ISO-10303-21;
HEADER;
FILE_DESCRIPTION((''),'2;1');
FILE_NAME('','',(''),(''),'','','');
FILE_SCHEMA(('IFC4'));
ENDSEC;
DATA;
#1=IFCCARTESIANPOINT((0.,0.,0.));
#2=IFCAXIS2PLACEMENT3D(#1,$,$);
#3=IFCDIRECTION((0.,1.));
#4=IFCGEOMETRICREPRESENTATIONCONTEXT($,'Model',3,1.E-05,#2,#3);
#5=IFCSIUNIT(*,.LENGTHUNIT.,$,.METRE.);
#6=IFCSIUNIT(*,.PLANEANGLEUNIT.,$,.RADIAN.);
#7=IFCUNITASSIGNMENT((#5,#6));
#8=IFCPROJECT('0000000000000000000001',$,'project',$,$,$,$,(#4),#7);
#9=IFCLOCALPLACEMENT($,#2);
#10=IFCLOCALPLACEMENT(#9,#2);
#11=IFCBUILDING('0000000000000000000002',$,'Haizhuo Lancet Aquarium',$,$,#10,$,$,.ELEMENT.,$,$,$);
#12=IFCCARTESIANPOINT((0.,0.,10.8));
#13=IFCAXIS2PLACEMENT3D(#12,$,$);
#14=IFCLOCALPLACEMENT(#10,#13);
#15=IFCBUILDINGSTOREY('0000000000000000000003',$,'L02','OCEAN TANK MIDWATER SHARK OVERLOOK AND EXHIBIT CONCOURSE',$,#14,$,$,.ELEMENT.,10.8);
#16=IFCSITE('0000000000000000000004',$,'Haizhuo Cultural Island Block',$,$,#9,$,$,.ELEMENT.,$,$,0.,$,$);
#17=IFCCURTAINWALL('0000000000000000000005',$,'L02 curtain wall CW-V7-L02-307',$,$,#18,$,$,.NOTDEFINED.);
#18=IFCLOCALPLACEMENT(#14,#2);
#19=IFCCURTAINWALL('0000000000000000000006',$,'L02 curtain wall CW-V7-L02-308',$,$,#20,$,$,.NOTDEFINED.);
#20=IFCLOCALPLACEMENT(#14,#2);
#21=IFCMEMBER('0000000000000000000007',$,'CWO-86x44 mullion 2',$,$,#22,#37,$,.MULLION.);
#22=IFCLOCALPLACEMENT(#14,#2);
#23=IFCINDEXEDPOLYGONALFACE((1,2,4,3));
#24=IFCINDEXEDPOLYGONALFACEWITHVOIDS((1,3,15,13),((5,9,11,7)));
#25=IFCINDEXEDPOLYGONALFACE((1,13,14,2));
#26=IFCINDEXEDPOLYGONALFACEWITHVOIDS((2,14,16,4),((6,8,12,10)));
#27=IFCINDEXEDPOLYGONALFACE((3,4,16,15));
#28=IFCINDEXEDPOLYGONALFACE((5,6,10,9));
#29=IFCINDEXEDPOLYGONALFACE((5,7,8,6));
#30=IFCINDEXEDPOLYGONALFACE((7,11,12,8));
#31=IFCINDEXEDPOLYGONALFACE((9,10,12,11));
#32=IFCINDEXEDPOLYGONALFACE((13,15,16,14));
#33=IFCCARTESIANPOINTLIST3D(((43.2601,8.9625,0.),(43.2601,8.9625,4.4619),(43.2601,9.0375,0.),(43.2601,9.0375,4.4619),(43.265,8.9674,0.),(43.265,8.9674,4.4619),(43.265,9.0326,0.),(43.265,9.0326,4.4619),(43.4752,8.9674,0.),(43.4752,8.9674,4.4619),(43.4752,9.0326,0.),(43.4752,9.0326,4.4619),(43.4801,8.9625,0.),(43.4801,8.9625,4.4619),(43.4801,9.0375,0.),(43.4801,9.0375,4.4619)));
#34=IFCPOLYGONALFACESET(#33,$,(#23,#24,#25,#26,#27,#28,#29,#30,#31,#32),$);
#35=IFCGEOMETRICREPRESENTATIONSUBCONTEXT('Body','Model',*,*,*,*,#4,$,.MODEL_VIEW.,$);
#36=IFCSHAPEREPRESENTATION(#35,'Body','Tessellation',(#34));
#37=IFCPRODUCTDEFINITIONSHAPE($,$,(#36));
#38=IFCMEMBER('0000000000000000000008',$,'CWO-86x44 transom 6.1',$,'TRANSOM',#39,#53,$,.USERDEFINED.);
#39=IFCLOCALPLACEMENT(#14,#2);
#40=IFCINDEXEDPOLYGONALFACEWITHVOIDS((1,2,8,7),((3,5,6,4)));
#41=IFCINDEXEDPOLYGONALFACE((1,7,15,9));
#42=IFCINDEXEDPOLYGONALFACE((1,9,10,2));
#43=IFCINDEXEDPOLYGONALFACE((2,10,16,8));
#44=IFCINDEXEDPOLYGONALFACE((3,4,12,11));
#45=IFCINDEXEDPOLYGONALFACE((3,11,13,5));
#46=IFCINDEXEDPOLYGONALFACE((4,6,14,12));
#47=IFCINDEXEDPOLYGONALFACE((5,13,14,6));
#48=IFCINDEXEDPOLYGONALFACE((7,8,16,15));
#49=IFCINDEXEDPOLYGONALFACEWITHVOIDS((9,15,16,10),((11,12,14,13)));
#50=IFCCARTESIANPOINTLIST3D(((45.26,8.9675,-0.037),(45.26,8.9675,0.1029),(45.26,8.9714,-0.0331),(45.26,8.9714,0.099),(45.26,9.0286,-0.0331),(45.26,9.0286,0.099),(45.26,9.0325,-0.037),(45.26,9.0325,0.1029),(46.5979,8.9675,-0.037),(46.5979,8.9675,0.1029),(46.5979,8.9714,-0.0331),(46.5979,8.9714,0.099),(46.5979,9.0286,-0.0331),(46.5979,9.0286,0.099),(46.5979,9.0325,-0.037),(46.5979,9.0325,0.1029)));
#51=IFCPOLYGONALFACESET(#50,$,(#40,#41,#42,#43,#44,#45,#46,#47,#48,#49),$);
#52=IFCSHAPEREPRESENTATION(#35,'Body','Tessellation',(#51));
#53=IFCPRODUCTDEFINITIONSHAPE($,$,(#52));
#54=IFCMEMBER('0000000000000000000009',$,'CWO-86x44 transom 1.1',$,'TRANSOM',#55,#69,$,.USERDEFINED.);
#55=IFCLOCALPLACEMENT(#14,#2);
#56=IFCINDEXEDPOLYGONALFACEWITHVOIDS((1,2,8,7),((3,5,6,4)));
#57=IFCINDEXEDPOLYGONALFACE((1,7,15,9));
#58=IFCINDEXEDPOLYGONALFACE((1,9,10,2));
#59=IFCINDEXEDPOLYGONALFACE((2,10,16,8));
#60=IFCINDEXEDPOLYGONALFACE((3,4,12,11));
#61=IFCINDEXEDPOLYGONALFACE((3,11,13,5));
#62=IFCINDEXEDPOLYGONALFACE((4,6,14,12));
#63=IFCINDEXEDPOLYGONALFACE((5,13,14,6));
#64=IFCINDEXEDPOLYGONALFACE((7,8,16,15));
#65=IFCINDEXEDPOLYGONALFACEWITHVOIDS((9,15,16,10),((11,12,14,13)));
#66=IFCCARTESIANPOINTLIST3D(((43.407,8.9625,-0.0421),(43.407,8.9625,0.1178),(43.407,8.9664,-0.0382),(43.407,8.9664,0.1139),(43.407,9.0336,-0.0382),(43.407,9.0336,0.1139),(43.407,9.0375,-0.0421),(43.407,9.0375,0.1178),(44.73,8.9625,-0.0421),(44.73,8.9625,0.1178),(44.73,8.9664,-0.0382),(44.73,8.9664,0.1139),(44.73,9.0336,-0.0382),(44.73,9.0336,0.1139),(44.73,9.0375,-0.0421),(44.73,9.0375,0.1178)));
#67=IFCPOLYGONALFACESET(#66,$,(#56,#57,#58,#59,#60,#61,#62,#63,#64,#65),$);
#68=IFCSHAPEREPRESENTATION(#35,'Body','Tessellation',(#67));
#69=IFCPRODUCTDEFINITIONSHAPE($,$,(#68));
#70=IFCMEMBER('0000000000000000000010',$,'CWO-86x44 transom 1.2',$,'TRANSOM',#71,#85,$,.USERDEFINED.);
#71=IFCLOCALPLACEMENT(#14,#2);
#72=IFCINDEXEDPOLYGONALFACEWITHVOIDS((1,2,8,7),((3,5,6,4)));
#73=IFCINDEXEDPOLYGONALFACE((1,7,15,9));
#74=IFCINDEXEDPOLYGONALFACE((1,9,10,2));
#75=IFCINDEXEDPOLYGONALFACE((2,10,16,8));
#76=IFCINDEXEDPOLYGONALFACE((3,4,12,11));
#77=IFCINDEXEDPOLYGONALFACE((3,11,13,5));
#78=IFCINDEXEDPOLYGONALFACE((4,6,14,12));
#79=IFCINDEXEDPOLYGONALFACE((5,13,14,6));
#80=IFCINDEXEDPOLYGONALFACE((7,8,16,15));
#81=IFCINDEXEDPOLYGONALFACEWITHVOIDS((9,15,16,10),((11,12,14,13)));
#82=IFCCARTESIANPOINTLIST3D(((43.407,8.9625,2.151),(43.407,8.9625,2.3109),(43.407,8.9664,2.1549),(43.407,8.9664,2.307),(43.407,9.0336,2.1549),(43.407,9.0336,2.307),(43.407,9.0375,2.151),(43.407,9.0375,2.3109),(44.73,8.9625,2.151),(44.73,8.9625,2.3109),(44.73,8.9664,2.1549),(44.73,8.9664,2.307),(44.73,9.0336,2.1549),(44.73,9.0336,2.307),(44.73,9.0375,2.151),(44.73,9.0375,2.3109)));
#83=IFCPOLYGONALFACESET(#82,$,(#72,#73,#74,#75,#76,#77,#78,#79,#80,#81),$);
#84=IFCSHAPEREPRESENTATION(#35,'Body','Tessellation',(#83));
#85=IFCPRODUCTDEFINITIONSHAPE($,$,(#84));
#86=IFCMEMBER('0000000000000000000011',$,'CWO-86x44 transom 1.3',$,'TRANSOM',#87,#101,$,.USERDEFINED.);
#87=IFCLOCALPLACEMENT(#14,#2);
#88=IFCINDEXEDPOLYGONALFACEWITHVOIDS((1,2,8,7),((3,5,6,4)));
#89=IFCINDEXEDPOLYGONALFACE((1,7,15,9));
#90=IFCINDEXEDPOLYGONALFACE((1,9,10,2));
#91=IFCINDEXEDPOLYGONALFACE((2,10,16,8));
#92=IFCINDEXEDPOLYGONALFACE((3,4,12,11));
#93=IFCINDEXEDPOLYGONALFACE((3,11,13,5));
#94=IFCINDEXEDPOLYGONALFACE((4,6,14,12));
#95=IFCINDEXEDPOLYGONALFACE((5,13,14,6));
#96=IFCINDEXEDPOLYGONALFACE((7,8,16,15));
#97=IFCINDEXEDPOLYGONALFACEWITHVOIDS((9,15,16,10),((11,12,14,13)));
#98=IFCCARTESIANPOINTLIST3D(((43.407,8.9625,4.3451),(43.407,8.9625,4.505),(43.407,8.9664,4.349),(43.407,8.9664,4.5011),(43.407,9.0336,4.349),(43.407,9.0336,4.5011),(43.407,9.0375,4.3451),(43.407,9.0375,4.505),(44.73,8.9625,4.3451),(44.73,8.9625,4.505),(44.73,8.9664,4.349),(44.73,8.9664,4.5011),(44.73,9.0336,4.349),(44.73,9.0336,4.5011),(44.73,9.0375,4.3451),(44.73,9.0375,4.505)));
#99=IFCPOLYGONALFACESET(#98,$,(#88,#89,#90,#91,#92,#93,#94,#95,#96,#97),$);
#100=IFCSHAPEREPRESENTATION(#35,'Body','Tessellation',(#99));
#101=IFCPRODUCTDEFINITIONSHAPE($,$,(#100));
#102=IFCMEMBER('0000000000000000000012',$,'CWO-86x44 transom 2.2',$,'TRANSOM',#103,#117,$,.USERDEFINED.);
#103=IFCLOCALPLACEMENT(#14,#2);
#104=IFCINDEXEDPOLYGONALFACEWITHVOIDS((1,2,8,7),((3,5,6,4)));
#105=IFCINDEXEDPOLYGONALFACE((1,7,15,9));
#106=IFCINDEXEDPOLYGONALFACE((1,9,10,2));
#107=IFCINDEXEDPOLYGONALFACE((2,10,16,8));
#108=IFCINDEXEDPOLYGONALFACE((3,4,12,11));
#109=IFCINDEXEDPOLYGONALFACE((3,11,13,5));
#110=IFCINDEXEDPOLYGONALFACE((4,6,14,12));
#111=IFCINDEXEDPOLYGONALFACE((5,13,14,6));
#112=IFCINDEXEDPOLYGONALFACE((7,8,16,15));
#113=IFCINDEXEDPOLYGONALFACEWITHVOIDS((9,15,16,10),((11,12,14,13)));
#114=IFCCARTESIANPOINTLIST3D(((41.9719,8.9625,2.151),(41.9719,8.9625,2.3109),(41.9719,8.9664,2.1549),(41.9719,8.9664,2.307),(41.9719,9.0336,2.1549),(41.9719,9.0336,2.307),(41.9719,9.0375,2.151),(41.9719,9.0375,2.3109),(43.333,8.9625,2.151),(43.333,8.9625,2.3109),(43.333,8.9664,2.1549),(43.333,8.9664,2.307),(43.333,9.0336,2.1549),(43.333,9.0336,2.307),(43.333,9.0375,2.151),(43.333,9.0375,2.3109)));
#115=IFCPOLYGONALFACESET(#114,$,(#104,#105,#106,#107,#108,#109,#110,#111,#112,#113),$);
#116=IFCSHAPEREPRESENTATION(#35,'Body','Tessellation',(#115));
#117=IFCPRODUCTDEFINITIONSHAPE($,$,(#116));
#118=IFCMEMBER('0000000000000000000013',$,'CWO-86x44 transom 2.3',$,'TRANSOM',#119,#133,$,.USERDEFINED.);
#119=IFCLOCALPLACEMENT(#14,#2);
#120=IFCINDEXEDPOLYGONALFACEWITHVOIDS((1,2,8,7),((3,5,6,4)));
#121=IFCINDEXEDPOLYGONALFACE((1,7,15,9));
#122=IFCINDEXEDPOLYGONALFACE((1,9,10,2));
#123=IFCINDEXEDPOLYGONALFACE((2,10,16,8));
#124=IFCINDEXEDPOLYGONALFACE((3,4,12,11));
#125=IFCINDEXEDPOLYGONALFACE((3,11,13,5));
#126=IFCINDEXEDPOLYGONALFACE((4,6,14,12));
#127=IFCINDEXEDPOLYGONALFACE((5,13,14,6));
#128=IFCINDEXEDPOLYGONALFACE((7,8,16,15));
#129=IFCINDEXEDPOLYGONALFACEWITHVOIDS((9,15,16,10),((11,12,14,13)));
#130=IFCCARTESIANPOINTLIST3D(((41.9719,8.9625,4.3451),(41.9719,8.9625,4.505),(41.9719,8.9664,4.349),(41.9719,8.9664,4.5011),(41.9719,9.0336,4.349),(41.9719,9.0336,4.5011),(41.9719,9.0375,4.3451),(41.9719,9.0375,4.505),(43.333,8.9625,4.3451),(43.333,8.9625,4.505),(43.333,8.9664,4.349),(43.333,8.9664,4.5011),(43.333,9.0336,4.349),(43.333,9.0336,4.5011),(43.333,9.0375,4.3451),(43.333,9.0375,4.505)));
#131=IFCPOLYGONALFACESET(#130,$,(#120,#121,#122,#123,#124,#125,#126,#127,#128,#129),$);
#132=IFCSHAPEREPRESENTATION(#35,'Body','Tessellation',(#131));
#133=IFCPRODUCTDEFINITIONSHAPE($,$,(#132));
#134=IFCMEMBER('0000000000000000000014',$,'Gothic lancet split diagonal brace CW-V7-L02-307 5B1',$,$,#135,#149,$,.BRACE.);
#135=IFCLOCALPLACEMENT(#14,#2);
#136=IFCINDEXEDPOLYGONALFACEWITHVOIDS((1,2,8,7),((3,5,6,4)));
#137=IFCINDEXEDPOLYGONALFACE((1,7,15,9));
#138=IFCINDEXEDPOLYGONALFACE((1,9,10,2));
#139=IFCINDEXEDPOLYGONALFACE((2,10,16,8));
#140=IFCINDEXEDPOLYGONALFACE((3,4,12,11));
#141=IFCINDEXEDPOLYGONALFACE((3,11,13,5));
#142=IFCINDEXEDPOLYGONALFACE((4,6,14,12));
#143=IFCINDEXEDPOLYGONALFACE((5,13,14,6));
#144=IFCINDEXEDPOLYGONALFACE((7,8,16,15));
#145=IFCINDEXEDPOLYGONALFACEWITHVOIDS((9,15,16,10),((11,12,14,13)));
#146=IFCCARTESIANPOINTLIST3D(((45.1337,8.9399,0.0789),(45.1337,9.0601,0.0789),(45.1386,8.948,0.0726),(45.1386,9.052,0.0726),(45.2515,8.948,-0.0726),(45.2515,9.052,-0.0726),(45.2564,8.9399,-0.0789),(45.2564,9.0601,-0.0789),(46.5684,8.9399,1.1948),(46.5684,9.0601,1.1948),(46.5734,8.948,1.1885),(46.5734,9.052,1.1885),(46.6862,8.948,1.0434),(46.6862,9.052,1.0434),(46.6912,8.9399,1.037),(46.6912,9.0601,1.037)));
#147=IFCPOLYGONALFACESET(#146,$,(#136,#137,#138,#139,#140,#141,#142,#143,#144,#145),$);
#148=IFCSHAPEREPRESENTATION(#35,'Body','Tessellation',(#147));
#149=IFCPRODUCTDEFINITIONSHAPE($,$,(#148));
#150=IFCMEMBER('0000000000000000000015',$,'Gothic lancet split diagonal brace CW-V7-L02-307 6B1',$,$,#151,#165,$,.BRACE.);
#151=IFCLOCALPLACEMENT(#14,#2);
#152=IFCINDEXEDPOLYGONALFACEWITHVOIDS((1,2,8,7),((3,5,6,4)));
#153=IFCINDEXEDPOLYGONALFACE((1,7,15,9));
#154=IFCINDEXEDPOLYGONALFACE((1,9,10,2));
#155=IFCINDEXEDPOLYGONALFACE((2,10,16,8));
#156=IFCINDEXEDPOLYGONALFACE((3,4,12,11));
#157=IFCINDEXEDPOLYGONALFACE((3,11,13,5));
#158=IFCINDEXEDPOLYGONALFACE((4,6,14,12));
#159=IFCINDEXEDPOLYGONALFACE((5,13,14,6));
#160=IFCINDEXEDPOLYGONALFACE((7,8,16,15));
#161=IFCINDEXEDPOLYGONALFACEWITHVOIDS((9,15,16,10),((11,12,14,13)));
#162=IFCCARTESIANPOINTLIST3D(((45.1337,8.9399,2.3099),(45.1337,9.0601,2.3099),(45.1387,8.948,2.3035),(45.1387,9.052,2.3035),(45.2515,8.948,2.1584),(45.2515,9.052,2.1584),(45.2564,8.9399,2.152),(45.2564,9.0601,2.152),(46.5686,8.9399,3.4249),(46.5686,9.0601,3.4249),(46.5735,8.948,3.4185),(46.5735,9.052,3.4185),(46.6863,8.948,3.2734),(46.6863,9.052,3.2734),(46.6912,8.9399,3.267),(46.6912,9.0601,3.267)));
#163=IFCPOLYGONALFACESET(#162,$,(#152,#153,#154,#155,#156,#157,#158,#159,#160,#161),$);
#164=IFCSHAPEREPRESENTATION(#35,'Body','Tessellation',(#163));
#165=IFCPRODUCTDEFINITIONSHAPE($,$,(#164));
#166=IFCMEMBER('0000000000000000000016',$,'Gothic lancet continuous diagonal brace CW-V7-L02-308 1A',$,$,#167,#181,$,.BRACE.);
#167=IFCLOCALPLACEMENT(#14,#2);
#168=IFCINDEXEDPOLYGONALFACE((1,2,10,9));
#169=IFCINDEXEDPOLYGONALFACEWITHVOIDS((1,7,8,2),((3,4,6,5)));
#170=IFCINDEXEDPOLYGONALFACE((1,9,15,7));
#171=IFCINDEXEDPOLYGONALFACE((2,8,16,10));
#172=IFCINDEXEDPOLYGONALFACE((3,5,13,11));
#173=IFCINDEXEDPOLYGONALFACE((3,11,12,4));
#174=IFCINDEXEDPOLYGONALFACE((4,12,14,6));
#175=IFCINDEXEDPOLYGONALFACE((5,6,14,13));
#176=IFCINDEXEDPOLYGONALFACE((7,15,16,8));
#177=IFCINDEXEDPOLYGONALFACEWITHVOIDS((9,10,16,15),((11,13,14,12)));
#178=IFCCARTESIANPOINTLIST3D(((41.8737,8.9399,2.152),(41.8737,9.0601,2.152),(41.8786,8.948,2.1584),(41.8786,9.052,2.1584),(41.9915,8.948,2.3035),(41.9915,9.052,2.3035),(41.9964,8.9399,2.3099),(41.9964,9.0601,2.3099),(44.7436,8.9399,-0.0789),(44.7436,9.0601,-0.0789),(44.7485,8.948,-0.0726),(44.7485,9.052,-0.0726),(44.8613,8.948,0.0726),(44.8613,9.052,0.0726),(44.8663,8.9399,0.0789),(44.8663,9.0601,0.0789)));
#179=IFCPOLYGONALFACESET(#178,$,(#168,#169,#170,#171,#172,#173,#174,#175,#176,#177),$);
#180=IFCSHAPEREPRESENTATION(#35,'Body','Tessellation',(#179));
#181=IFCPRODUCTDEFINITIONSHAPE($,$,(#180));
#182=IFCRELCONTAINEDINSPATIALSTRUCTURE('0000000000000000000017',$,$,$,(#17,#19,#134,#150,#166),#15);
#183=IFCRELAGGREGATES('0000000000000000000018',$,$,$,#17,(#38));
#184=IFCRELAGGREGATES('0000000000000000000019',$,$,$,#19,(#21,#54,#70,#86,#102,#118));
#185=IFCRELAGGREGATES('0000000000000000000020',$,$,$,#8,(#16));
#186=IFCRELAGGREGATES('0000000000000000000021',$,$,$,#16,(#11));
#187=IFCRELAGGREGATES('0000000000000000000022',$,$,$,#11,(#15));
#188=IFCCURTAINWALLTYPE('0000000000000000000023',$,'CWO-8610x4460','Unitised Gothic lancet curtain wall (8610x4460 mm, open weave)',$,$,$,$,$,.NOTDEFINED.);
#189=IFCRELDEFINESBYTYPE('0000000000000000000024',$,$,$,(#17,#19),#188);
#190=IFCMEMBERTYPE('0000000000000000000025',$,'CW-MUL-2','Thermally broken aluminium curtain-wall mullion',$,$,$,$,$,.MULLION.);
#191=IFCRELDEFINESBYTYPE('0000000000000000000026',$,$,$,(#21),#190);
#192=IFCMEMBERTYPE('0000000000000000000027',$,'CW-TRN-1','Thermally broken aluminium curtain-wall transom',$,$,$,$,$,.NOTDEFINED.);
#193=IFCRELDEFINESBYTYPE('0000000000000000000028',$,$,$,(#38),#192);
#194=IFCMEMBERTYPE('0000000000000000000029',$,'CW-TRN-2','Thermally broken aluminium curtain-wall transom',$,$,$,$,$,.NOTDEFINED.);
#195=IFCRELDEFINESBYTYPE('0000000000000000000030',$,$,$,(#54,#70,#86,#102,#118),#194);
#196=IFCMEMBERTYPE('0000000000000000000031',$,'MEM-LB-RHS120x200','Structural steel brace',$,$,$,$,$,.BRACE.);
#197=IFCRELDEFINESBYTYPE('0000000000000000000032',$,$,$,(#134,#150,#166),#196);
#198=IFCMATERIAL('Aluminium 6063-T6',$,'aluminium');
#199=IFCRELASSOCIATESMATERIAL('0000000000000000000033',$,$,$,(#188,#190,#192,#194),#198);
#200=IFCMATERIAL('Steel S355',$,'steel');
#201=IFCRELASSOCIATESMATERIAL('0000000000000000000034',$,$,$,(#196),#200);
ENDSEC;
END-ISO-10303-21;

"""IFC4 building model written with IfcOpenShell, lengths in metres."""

from ifc_helpers import new_model, si_unit, direction, frame, origin, origin_2d, place, context, subcontext, project, spatial, hollow_rectangle, extrude, material, material_profile, profile_set, type_object, element, aggregate, save


model = new_model("IFC4")

# Units and contexts
model_context = context("Model", 3, precision=1e-05, world=origin(), true_north=direction((0.0, 1.0)))
body_context = subcontext(model_context, "Body", "Model", "MODEL_VIEW")
ifc_project = project(units=[si_unit("LENGTHUNIT", "METRE"), si_unit("PLANEANGLEUNIT", "RADIAN")], contexts=[model_context])

# Site, building, storey
site_placement = place(None, origin())
site = spatial("IfcSite", under=ifc_project, at=site_placement, Name="Haizhuo Cultural Island Block", CompositionType="ELEMENT", RefElevation=0.0)
building_placement = place(site_placement, origin())
building = spatial("IfcBuilding", under=site, at=building_placement, Name="Haizhuo Lancet Aquarium", CompositionType="ELEMENT")
storey_placement = place(building_placement, frame((0.0, 0.0, 10.8)))
storey = spatial("IfcBuildingStorey", under=building, at=storey_placement, Name="L02", Description="OCEAN TANK MIDWATER SHARK OVERLOOK AND EXHIBIT CONCOURSE", CompositionType="ELEMENT", Elevation=10.8)

# Shared definitions
ifc_material_1 = material(Name="Steel S355", Category="steel")

# Curtain wall
ifc_material_2 = material(Name="Aluminium 6063-T6", Category="aluminium")
curtain_wall_type = type_object("IfcCurtainWallType", Name="CWO-8610x4460", Description="Unitised Gothic lancet curtain wall (8610x4460 mm, open weave)", PredefinedType="NOTDEFINED", material=ifc_material_2)
curtain_wall_1_placement = place(storey_placement, origin())
curtain_wall_1 = element("IfcCurtainWall", 1, at=curtain_wall_1_placement, inside=storey, type_object=curtain_wall_type, Name="L02 curtain wall CW-V7-L02-307", PredefinedType="NOTDEFINED")

# Curtain wall, member
curtain_wall_2_placement = place(storey_placement, origin())
curtain_wall_2 = element("IfcCurtainWall", 2, at=curtain_wall_2_placement, inside=storey, type_object=curtain_wall_type, Name="L02 curtain wall CW-V7-L02-308", PredefinedType="NOTDEFINED")
ifc_material_profile_1 = material_profile(ifc_material_2, hollow_rectangle(XDim=0.075, YDim=0.22, WallThickness=0.0049, at=origin_2d()), Name="ALU-M 75x220x5")
ifc_profile_set_1 = profile_set([ifc_material_profile_1], Name="Aluminium 6063-T6")
member_type_1 = type_object("IfcMemberType", Name="CW-MUL-2", Description="Thermally broken aluminium curtain-wall mullion", PredefinedType="MULLION", material=ifc_profile_set_1)
member_1_placement = place(storey_placement, frame((43.3701, 9.0, 0.0), z_axis=(0.0, 0.0, 1.0), x_axis=(0.0, -1.0, 0.0)))
member_1 = element("IfcMember", 3, at=member_1_placement, type_object=member_type_1, Name="CWO-86x44 mullion 2", PredefinedType="MULLION", context=body_context, shape_type="SweptSolid", body=[
    extrude(hollow_rectangle(XDim=0.075, YDim=0.22, WallThickness=0.0049, at=origin_2d()), origin(), (0.0, 0.0, 1.0), 4.4619),
])

# Members
ifc_material_profile_2 = material_profile(ifc_material_2, hollow_rectangle(XDim=0.0649, YDim=0.1399, WallThickness=0.0039, at=origin_2d()), Name="ALU-T 65x140x4")
ifc_profile_set_2 = profile_set([ifc_material_profile_2], Name="Aluminium 6063-T6")
member_type_2 = type_object("IfcMemberType", Name="CW-TRN-1", Description="Thermally broken aluminium curtain-wall transom", PredefinedType="NOTDEFINED", material=ifc_profile_set_2)
member_2_placement = place(storey_placement, frame((46.5979, 9.0, 0.033), z_axis=(-1.0, 0.0, 0.0), x_axis=(0.0, -1.0, 0.0)))
member_2 = element("IfcMember", 4, at=member_2_placement, type_object=member_type_2, Name="CWO-86x44 transom 6.1", ObjectType="TRANSOM", PredefinedType="USERDEFINED", context=body_context, shape_type="SweptSolid", body=[
    extrude(hollow_rectangle(XDim=0.0649, YDim=0.1399, WallThickness=0.0039, at=origin_2d()), origin(), (0.0, 0.0, 1.0), 1.3379),
])
ifc_material_profile_3 = material_profile(ifc_material_2, hollow_rectangle(XDim=0.075, YDim=0.1599, WallThickness=0.0039, at=origin_2d()), Name="ALU-T 75x160x4")
ifc_profile_set_3 = profile_set([ifc_material_profile_3], Name="Aluminium 6063-T6")
member_type_3 = type_object("IfcMemberType", Name="CW-TRN-2", Description="Thermally broken aluminium curtain-wall transom", PredefinedType="NOTDEFINED", material=ifc_profile_set_3)
member_3_placement = place(storey_placement, frame((44.73, 9.0, 0.0378), z_axis=(-1.0, 0.0, 0.0), x_axis=(0.0, -1.0, 0.0)))
member_3 = element("IfcMember", 5, at=member_3_placement, type_object=member_type_3, Name="CWO-86x44 transom 1.1", ObjectType="TRANSOM", PredefinedType="USERDEFINED", context=body_context, shape_type="SweptSolid", body=[
    extrude(hollow_rectangle(XDim=0.075, YDim=0.1599, WallThickness=0.0039, at=origin_2d()), origin(), (0.0, 0.0, 1.0), 1.323),
])
member_4_placement = place(storey_placement, frame((44.73, 9.0, 2.231), z_axis=(-1.0, 0.0, 0.0), x_axis=(0.0, -1.0, 0.0)))
member_4 = element("IfcMember", 6, at=member_4_placement, type_object=member_type_3, Name="CWO-86x44 transom 1.2", ObjectType="TRANSOM", PredefinedType="USERDEFINED", context=body_context, shape_type="SweptSolid", body=[
    extrude(hollow_rectangle(XDim=0.075, YDim=0.1599, WallThickness=0.0039, at=origin_2d()), origin(), (0.0, 0.0, 1.0), 1.323),
])
member_5_placement = place(storey_placement, frame((44.73, 9.0, 4.425), z_axis=(-1.0, 0.0, 0.0), x_axis=(0.0, -1.0, 0.0)))
member_5 = element("IfcMember", 7, at=member_5_placement, type_object=member_type_3, Name="CWO-86x44 transom 1.3", ObjectType="TRANSOM", PredefinedType="USERDEFINED", context=body_context, shape_type="SweptSolid", body=[
    extrude(hollow_rectangle(XDim=0.075, YDim=0.1599, WallThickness=0.0039, at=origin_2d()), origin(), (0.0, 0.0, 1.0), 1.323),
])
member_6_placement = place(storey_placement, frame((43.333, 9.0, 2.231), z_axis=(-1.0, 0.0, 0.0), x_axis=(0.0, -1.0, 0.0)))
member_6 = element("IfcMember", 8, at=member_6_placement, type_object=member_type_3, Name="CWO-86x44 transom 2.2", ObjectType="TRANSOM", PredefinedType="USERDEFINED", context=body_context, shape_type="SweptSolid", body=[
    extrude(hollow_rectangle(XDim=0.075, YDim=0.1599, WallThickness=0.0039, at=origin_2d()), origin(), (0.0, 0.0, 1.0), 1.3611),
])
member_7_placement = place(storey_placement, frame((43.333, 9.0, 4.425), z_axis=(-1.0, 0.0, 0.0), x_axis=(0.0, -1.0, 0.0)))
member_7 = element("IfcMember", 9, at=member_7_placement, type_object=member_type_3, Name="CWO-86x44 transom 2.3", ObjectType="TRANSOM", PredefinedType="USERDEFINED", context=body_context, shape_type="SweptSolid", body=[
    extrude(hollow_rectangle(XDim=0.075, YDim=0.1599, WallThickness=0.0039, at=origin_2d()), origin(), (0.0, 0.0, 1.0), 1.3611),
])

# Members
ifc_material_profile_4 = material_profile(ifc_material_1, hollow_rectangle(XDim=0.1201, YDim=0.2, WallThickness=0.0081, at=origin_2d()), Name="RHS 120x200x8")
ifc_profile_set_4 = profile_set([ifc_material_profile_4], Name="Steel S355")
member_type_4 = type_object("IfcMemberType", Name="MEM-LB-RHS120x200", Description="Structural steel brace", PredefinedType="BRACE", material=ifc_profile_set_4)
member_8_placement = place(storey_placement, frame((45.1951, 9.0, 0.0), z_axis=(0.789352, 0.0, 0.613941), x_axis=(0.0, 1.0, 0.0)))
element("IfcMember", 10, at=member_8_placement, inside=storey, type_object=member_type_4, Name="Gothic lancet split diagonal brace CW-V7-L02-307 5B1", PredefinedType="BRACE", context=body_context, shape_type="SweptSolid", body=[
    extrude(hollow_rectangle(XDim=0.1201, YDim=0.2, WallThickness=0.0081, at=origin_2d()), origin(), (0.0, 0.0, 1.0), 1.8176),
])
member_9_placement = place(storey_placement, frame((45.1951, 9.0, 2.231), z_axis=(0.789613, 0.0, 0.613606), x_axis=(0.0, 1.0, 0.0)))
element("IfcMember", 11, at=member_9_placement, inside=storey, type_object=member_type_4, Name="Gothic lancet split diagonal brace CW-V7-L02-307 6B1", PredefinedType="BRACE", context=body_context, shape_type="SweptSolid", body=[
    extrude(hollow_rectangle(XDim=0.1201, YDim=0.2, WallThickness=0.0081, at=origin_2d()), origin(), (0.0, 0.0, 1.0), 1.8171),
])
member_10_placement = place(storey_placement, frame((44.8049, 9.0, 0.0), z_axis=(-0.789508, 0.0, 0.613741), x_axis=(0.0, -1.0, 0.0)))
element("IfcMember", 12, at=member_10_placement, inside=storey, type_object=member_type_4, Name="Gothic lancet continuous diagonal brace CW-V7-L02-308 1A", PredefinedType="BRACE", context=body_context, shape_type="SweptSolid", body=[
    extrude(hollow_rectangle(XDim=0.1201, YDim=0.2, WallThickness=0.0081, at=origin_2d()), origin(), (0.0, 0.0, 1.0), 3.635),
])

aggregate(curtain_wall_1, [member_2])
aggregate(curtain_wall_2, [member_1, member_3, member_4, member_5, member_6, member_7])

save(model, "model.ifc")
